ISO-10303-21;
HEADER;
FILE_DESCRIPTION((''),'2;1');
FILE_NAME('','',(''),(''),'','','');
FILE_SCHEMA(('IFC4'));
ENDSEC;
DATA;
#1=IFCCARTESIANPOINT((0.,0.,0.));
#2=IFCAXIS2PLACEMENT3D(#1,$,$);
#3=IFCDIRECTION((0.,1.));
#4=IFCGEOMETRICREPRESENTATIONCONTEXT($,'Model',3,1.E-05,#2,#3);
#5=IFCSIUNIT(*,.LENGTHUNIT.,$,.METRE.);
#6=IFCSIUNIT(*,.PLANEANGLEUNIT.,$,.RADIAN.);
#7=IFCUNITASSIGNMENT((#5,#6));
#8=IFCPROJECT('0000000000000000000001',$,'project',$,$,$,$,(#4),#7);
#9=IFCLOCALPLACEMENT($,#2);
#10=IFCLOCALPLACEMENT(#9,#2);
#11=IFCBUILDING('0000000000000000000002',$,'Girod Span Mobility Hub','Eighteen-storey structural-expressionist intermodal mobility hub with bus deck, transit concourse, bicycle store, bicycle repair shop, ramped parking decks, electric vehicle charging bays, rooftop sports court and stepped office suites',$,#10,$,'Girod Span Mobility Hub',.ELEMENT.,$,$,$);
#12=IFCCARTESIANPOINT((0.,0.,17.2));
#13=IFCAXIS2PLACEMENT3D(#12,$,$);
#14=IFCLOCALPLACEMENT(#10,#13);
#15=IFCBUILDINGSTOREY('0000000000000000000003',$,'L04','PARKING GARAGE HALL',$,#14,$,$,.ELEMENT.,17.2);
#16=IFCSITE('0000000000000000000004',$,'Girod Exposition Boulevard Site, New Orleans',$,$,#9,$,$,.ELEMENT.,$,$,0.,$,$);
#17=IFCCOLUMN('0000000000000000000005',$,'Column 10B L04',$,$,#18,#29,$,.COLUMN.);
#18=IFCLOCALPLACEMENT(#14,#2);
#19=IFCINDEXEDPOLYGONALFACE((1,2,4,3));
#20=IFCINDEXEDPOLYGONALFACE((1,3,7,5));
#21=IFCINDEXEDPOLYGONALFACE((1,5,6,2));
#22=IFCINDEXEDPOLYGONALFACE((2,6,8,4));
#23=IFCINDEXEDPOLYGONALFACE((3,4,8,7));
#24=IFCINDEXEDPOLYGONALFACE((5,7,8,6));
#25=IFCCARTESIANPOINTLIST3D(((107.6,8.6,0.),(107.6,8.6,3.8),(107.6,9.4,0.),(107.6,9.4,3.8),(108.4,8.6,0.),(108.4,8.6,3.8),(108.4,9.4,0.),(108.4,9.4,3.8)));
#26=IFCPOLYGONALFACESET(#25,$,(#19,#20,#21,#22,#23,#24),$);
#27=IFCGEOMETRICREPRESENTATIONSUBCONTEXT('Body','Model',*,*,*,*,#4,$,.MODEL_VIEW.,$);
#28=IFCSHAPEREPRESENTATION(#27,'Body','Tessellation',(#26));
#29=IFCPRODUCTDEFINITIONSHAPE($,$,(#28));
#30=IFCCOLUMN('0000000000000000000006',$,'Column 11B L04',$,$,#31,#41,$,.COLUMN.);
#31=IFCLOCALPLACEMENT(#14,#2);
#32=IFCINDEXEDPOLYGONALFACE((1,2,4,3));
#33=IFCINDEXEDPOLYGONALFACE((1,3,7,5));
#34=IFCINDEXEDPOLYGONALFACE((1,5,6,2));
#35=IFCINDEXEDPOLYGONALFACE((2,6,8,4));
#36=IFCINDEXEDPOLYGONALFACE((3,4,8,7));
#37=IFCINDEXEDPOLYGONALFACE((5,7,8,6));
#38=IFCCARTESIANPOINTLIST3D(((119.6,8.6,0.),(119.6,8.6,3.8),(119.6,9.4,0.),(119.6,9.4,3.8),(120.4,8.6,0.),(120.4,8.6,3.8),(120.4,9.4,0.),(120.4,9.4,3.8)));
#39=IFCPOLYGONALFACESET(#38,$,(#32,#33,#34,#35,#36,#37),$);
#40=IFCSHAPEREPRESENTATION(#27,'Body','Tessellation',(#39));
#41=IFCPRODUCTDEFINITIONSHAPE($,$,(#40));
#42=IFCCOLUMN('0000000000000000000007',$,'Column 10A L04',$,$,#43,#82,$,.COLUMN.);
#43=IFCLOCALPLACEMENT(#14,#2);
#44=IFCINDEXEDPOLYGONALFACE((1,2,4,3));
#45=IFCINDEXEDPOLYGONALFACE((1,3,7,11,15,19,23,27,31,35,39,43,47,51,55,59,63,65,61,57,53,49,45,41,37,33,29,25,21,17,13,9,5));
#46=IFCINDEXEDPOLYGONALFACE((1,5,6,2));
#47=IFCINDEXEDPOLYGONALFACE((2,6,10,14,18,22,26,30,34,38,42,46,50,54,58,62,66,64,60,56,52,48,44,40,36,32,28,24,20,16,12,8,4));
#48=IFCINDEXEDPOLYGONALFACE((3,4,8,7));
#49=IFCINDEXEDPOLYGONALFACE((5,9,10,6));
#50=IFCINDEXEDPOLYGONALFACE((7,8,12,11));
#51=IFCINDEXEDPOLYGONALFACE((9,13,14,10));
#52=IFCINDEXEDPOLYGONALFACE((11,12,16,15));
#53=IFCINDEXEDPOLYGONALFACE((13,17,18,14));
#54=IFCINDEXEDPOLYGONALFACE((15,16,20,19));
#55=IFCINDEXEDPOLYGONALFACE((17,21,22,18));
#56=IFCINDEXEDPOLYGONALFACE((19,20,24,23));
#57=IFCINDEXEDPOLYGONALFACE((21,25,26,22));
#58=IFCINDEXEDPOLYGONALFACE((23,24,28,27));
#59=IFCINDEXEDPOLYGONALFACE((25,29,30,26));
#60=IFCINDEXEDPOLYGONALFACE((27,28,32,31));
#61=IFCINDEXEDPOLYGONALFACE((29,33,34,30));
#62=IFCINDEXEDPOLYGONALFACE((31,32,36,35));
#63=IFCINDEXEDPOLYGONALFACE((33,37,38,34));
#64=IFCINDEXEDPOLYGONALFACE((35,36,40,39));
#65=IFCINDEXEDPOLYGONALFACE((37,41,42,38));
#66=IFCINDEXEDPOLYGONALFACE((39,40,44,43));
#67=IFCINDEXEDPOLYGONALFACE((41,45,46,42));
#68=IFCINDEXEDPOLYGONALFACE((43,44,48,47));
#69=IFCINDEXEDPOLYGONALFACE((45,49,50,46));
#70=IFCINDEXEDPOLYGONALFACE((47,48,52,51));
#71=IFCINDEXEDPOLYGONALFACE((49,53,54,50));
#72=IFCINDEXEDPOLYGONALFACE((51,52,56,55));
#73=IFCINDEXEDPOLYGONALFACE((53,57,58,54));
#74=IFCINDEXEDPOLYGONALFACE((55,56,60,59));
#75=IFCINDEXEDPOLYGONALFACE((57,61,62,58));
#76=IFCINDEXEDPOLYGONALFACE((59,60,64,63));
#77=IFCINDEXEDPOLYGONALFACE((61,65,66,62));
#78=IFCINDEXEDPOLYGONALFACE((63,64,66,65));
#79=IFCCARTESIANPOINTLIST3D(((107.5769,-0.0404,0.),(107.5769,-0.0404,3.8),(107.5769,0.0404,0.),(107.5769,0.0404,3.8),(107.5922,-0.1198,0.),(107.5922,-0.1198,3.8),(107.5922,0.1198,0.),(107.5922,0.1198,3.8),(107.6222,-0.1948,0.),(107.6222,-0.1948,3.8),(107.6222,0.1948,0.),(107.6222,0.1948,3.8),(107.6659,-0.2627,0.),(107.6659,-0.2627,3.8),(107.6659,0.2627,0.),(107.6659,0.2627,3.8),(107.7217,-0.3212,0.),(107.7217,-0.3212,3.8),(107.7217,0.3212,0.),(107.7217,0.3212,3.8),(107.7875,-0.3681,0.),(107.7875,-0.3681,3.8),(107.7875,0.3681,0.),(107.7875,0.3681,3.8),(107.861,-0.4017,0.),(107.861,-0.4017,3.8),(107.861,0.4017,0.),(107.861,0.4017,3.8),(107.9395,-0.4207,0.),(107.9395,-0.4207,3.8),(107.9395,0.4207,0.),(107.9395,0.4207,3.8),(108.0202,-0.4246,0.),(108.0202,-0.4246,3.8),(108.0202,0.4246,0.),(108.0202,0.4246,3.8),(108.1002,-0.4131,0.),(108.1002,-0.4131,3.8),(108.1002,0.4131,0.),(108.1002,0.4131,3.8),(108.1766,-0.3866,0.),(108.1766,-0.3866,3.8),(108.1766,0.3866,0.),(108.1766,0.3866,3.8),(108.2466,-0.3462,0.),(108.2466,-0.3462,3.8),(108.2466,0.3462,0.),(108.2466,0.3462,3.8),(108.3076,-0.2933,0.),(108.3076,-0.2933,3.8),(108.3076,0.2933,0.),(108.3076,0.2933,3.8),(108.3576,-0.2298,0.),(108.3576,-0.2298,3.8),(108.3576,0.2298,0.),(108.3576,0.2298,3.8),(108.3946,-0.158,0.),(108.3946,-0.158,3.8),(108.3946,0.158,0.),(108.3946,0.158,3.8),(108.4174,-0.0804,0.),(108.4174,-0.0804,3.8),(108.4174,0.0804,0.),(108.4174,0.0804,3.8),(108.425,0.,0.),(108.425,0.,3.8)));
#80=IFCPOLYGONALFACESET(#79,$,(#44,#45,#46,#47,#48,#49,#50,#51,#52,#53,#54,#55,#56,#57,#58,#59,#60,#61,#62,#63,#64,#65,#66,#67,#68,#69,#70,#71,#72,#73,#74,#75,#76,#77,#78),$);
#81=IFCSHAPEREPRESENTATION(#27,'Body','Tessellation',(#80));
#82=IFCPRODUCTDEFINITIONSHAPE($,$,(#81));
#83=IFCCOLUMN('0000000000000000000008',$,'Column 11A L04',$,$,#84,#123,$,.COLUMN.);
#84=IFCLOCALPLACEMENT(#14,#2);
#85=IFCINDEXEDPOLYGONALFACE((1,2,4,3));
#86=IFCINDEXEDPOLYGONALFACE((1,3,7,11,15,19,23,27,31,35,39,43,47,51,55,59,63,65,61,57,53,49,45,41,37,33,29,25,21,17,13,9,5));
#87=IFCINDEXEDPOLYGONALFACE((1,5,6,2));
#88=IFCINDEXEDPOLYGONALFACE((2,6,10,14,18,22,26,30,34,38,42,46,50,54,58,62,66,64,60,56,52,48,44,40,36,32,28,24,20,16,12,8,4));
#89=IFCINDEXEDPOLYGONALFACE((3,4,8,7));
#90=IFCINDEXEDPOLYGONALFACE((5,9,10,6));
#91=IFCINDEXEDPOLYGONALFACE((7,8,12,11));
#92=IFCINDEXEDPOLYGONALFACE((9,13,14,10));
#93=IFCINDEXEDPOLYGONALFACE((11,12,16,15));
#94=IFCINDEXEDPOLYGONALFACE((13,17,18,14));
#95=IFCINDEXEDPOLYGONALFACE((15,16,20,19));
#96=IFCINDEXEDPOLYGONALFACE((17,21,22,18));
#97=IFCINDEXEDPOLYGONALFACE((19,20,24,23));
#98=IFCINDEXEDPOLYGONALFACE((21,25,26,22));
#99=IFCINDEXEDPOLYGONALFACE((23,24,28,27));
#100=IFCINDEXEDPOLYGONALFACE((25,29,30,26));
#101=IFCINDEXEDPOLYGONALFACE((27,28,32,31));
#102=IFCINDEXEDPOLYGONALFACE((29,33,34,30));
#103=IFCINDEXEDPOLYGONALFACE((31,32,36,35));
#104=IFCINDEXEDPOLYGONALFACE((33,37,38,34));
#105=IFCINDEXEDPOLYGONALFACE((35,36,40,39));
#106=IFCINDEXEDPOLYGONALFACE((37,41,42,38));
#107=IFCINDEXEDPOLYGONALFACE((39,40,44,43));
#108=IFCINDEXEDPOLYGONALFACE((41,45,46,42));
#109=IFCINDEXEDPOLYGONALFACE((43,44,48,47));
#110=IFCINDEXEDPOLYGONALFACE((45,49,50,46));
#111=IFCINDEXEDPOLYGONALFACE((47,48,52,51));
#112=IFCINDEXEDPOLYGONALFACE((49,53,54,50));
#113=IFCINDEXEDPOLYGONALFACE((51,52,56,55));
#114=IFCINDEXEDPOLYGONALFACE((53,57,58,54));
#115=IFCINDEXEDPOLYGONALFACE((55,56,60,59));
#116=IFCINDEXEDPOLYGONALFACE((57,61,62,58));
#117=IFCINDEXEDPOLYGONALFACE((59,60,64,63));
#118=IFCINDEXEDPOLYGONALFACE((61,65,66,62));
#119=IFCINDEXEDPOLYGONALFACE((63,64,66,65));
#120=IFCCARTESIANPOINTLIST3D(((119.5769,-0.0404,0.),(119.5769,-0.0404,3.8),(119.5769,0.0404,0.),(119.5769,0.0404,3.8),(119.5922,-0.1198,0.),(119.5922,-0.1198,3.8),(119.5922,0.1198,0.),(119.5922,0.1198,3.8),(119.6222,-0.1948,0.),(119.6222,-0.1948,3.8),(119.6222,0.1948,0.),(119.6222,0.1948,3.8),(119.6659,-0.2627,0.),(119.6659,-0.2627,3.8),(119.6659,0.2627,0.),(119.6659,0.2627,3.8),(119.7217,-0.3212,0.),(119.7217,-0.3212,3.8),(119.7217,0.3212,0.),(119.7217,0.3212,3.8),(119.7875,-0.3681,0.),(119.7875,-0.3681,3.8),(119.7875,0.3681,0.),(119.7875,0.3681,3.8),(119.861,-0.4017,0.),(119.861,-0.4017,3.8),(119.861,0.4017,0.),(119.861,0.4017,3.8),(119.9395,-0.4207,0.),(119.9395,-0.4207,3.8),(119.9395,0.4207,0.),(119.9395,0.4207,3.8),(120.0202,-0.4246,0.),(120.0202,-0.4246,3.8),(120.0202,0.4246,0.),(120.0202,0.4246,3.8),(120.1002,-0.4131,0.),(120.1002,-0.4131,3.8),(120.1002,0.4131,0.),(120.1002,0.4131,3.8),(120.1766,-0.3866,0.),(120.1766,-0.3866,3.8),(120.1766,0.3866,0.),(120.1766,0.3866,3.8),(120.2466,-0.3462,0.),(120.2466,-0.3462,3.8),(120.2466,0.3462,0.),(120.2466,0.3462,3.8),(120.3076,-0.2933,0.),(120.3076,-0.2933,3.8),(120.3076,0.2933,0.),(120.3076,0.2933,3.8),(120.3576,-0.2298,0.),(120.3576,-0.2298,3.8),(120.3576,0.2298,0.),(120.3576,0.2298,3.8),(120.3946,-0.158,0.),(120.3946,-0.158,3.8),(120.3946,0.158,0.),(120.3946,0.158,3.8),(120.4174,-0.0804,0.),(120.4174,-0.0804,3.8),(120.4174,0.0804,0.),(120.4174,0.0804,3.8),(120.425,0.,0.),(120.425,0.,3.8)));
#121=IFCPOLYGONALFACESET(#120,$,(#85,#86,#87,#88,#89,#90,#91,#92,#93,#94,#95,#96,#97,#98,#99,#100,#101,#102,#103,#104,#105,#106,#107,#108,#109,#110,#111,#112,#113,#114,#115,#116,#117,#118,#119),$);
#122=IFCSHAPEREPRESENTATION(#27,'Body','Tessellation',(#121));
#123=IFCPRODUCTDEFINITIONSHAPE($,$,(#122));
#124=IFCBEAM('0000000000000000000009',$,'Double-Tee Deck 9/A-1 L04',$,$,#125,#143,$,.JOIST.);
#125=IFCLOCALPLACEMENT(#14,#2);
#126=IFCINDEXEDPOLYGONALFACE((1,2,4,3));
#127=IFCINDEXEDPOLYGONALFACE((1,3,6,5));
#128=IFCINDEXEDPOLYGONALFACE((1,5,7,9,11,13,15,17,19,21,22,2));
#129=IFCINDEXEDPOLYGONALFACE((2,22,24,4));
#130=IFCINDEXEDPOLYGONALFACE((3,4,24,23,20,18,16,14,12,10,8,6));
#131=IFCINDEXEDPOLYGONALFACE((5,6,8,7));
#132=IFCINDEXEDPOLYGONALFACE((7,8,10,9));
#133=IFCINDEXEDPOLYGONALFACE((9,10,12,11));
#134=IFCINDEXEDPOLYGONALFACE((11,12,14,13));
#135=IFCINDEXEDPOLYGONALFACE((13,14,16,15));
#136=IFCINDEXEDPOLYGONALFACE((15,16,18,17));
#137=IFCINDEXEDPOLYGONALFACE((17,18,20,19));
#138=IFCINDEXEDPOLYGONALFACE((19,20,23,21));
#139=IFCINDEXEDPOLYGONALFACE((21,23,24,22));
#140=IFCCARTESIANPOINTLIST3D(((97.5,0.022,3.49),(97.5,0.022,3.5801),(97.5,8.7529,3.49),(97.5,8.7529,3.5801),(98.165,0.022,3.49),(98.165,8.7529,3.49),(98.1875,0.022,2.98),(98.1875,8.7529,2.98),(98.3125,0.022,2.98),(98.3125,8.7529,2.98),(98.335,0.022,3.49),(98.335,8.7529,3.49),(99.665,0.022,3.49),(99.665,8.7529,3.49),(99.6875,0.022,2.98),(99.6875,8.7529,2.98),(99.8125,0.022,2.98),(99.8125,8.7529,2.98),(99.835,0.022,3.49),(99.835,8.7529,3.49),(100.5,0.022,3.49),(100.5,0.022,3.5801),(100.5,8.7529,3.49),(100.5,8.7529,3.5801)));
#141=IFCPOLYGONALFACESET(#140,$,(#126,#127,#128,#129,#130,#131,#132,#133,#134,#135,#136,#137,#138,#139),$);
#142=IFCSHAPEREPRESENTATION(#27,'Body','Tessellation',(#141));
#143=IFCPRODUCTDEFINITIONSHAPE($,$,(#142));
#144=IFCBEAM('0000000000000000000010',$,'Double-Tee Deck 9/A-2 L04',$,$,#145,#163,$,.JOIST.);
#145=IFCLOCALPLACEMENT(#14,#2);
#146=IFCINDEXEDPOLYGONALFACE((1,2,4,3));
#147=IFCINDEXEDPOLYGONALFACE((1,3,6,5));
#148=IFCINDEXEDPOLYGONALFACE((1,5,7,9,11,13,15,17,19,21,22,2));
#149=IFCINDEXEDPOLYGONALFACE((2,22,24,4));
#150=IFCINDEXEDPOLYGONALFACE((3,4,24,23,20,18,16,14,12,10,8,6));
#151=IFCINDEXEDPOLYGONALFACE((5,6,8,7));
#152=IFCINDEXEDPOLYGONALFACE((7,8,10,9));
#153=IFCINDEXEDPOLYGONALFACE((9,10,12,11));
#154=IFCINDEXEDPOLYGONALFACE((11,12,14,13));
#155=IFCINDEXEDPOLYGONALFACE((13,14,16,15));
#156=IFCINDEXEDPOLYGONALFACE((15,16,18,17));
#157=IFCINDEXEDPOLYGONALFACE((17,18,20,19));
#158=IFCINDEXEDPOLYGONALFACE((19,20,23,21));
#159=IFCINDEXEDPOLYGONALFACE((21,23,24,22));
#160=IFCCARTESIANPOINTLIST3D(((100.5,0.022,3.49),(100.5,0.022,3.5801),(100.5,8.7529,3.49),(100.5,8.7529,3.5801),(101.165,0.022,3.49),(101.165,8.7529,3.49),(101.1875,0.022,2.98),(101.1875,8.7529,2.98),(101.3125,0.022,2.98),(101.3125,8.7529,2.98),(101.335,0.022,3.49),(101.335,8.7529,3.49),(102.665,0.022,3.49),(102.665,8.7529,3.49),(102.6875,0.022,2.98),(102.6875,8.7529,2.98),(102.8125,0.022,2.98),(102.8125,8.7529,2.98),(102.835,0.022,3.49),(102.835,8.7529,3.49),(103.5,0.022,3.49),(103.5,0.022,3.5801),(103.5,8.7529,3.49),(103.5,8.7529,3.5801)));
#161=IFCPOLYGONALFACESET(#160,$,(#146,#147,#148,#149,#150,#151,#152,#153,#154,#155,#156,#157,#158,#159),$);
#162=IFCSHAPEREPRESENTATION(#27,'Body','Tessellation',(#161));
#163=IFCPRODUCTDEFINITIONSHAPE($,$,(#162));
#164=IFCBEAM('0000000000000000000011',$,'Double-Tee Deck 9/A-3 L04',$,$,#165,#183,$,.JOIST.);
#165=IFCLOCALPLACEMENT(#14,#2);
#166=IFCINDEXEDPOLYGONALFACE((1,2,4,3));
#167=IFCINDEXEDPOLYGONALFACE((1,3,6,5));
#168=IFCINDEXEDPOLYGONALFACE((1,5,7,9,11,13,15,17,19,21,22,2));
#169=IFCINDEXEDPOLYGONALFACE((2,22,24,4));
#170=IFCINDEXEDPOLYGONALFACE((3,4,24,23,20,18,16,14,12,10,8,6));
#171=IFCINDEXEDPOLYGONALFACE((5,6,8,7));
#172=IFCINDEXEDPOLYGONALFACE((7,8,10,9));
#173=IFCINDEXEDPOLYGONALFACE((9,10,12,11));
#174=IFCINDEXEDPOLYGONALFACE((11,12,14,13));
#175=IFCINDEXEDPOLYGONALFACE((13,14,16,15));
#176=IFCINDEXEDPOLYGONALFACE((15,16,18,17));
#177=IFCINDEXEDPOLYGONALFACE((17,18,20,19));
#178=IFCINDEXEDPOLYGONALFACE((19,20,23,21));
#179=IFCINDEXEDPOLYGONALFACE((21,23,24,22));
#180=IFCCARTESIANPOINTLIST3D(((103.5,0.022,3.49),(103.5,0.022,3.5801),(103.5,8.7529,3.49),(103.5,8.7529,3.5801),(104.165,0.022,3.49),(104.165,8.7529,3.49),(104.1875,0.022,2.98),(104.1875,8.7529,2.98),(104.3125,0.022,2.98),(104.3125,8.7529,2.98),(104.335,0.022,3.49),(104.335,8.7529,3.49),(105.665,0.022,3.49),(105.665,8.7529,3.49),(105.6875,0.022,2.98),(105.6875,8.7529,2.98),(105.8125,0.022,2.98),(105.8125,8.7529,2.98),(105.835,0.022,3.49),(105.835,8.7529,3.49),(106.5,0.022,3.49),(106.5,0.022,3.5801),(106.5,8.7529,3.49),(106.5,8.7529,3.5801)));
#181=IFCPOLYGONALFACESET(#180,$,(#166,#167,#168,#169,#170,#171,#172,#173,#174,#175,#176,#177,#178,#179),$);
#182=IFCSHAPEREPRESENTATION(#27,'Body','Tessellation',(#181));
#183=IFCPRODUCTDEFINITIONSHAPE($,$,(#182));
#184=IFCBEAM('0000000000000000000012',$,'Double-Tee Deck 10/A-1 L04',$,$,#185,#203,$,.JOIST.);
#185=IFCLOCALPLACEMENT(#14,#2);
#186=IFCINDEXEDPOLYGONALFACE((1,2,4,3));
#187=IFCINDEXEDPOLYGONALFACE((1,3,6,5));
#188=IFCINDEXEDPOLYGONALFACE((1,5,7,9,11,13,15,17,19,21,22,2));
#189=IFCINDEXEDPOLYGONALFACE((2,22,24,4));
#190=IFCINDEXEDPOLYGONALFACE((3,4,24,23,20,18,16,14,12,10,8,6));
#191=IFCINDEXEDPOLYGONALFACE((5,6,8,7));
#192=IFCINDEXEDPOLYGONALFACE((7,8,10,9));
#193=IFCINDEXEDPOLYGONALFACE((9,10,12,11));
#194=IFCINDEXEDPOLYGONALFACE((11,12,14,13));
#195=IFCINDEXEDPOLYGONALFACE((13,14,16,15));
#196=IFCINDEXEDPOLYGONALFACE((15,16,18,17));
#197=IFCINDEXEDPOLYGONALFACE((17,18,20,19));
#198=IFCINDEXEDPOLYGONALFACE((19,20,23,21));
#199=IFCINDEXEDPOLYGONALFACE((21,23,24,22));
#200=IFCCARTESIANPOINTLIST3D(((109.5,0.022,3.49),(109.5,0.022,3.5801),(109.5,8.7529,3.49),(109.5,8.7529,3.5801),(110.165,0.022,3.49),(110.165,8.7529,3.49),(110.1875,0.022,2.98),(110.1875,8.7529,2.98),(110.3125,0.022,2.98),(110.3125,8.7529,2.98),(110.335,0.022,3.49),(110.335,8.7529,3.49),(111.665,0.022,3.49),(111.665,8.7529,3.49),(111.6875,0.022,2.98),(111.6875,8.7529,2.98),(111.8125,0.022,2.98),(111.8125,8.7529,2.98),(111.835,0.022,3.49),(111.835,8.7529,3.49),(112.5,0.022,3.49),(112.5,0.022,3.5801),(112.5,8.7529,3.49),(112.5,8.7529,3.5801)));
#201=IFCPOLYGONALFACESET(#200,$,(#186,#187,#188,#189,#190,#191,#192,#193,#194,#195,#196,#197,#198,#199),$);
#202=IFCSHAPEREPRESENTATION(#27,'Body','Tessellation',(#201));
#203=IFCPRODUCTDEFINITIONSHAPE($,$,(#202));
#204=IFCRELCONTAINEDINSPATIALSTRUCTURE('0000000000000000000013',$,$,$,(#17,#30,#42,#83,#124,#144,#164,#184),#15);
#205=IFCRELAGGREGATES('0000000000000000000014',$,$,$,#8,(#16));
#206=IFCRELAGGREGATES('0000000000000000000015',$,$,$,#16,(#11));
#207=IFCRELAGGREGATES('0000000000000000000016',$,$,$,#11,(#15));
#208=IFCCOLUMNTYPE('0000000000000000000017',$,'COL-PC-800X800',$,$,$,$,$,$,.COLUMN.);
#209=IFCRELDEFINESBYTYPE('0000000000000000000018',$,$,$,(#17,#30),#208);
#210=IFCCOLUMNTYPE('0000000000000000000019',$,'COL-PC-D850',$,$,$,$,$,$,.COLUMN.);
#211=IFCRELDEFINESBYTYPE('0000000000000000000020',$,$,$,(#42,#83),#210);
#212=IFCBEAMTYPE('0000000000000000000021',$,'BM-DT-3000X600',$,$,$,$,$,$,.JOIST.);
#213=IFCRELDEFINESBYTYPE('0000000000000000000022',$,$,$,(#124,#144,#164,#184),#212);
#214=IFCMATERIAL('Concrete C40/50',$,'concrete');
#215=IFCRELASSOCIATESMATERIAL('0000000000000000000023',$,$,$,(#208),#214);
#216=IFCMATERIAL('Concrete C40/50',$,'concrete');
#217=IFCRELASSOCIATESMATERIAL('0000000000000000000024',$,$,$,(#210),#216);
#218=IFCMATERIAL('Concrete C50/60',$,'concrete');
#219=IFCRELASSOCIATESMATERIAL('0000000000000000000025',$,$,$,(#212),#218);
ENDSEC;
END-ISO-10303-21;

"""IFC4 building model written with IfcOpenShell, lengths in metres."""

from ifc_helpers import new_model, si_unit, direction, frame, origin, origin_2d, place, context, subcontext, project, spatial, polyline, rectangle, circle, outline, extrude, material, material_profile, profile_set, type_object, element, save


model = new_model("IFC4")

# Units and contexts
model_context = context("Model", 3, precision=1e-05, world=origin(), true_north=direction((0.0, 1.0)))
body_context = subcontext(model_context, "Body", "Model", "MODEL_VIEW")
ifc_project = project(units=[si_unit("LENGTHUNIT", "METRE"), si_unit("PLANEANGLEUNIT", "RADIAN")], contexts=[model_context])

# Site, building, storey
site_placement = place(None, origin())
site = spatial("IfcSite", under=ifc_project, at=site_placement, Name="Girod Exposition Boulevard Site, New Orleans", CompositionType="ELEMENT", RefElevation=0.0)
building_placement = place(site_placement, origin())
building = spatial("IfcBuilding", under=site, at=building_placement, Name="Girod Span Mobility Hub", Description="Eighteen-storey structural-expressionist intermodal mobility hub with bus deck, transit concourse, bicycle store, bicycle repair shop, ramped parking decks, electric vehicle charging bays, rooftop sports court and stepped office suites", LongName="Girod Span Mobility Hub", CompositionType="ELEMENT")
storey_placement = place(building_placement, frame((0.0, 0.0, 17.2)))
storey = spatial("IfcBuildingStorey", under=building, at=storey_placement, Name="L04", Description="PARKING GARAGE HALL", CompositionType="ELEMENT", Elevation=17.2)

# Columns
ifc_material_1 = material(Name="Concrete C40/50", Category="concrete")
ifc_material_profile_1 = material_profile(ifc_material_1, rectangle(XDim=0.8, YDim=0.8, at=origin_2d()), Name="PC-COL-800X800")
ifc_profile_set_1 = profile_set([ifc_material_profile_1], Name="Concrete C40/50")
column_type_1 = type_object("IfcColumnType", Name="COL-PC-800X800", PredefinedType="COLUMN", material=ifc_profile_set_1)
for number, where, z_axis, x_axis, name in (
    (1, (108.0, 9.0, 0.0), (0.0, 0.0, 1.0), (1.0, 0.0, 0.0), "Column 10B L04"),
    (2, (120.0, 9.0, 0.0), (0.0, 0.0, 1.0), (1.0, 0.0, 0.0), "Column 11B L04"),
):
    element("IfcColumn", number, at=place(storey_placement, frame(where, z_axis=z_axis, x_axis=x_axis)), inside=storey, type_object=column_type_1, Name=name, PredefinedType="COLUMN", context=body_context, shape_type="SweptSolid", body=[
        extrude(rectangle(XDim=0.8, YDim=0.8, at=origin_2d()), origin(), (0.0, 0.0, 1.0), 3.8),
    ])
ifc_material_2 = material(Name="Concrete C40/50", Category="concrete")
ifc_material_profile_2 = material_profile(ifc_material_2, circle(Radius=0.425, at=origin_2d()), Name="PC-CIR-D850")
ifc_profile_set_2 = profile_set([ifc_material_profile_2], Name="Concrete C40/50")
column_type_2 = type_object("IfcColumnType", Name="COL-PC-D850", PredefinedType="COLUMN", material=ifc_profile_set_2)
for number, where, z_axis, x_axis, name in (
    (3, (108.0, 0.0, 0.0), (0.0, 0.0, 1.0), (1.0, 0.0, 0.0), "Column 10A L04"),
    (4, (120.0, 0.0, 0.0), (0.0, 0.0, 1.0), (1.0, 0.0, 0.0), "Column 11A L04"),
):
    element("IfcColumn", number, at=place(storey_placement, frame(where, z_axis=z_axis, x_axis=x_axis)), inside=storey, type_object=column_type_2, Name=name, PredefinedType="COLUMN", context=body_context, shape_type="SweptSolid", body=[
        extrude(circle(Radius=0.425, at=origin_2d()), origin(), (0.0, 0.0, 1.0), 3.8),
    ])

# Beams
ifc_material_3 = material(Name="Concrete C50/60", Category="concrete")
ifc_material_profile_3 = material_profile(ifc_material_3, outline(polyline([(-1.5, 0.3), (-1.5, 0.21), (-0.835, 0.21), (-0.8125, -0.3), (-0.6875, -0.3), (-0.665, 0.21), (0.665, 0.21), (0.6875, -0.3), (0.8125, -0.3), (0.835, 0.21), (1.5, 0.21), (1.5, 0.3), (-1.5, 0.3)])), Name="DT-3000X600")
ifc_profile_set_3 = profile_set([ifc_material_profile_3], Name="Concrete C50/60")
beam_type_1 = type_object("IfcBeamType", Name="BM-DT-3000X600", PredefinedType="JOIST", material=ifc_profile_set_3)
for number, where, z_axis, x_axis, name in (
    (5, (99.0, 0.022, 3.28), (0.0, 1.0, 0.0), (-1.0, 0.0, 0.0), "Double-Tee Deck 9/A-1 L04"),
    (6, (102.0, 0.022, 3.28), (0.0, 1.0, 0.0), (-1.0, 0.0, 0.0), "Double-Tee Deck 9/A-2 L04"),
    (7, (105.0, 0.022, 3.28), (0.0, 1.0, 0.0), (-1.0, 0.0, 0.0), "Double-Tee Deck 9/A-3 L04"),
    (8, (111.0, 0.022, 3.28), (0.0, 1.0, 0.0), (-1.0, 0.0, 0.0), "Double-Tee Deck 10/A-1 L04"),
):
    element("IfcBeam", number, at=place(storey_placement, frame(where, z_axis=z_axis, x_axis=x_axis)), inside=storey, type_object=beam_type_1, Name=name, PredefinedType="JOIST", context=body_context, shape_type="SweptSolid", body=[
        extrude(outline(polyline([(-1.5, 0.3), (-1.5, 0.21), (-0.835, 0.21), (-0.8125, -0.3), (-0.6875, -0.3), (-0.665, 0.21), (0.665, 0.21), (0.6875, -0.3), (0.8125, -0.3), (0.835, 0.21), (1.5, 0.21), (1.5, 0.3), (-1.5, 0.3)])), origin(), (0.0, 0.0, 1.0), 8.731),
    ])

save(model, "model.ifc")
